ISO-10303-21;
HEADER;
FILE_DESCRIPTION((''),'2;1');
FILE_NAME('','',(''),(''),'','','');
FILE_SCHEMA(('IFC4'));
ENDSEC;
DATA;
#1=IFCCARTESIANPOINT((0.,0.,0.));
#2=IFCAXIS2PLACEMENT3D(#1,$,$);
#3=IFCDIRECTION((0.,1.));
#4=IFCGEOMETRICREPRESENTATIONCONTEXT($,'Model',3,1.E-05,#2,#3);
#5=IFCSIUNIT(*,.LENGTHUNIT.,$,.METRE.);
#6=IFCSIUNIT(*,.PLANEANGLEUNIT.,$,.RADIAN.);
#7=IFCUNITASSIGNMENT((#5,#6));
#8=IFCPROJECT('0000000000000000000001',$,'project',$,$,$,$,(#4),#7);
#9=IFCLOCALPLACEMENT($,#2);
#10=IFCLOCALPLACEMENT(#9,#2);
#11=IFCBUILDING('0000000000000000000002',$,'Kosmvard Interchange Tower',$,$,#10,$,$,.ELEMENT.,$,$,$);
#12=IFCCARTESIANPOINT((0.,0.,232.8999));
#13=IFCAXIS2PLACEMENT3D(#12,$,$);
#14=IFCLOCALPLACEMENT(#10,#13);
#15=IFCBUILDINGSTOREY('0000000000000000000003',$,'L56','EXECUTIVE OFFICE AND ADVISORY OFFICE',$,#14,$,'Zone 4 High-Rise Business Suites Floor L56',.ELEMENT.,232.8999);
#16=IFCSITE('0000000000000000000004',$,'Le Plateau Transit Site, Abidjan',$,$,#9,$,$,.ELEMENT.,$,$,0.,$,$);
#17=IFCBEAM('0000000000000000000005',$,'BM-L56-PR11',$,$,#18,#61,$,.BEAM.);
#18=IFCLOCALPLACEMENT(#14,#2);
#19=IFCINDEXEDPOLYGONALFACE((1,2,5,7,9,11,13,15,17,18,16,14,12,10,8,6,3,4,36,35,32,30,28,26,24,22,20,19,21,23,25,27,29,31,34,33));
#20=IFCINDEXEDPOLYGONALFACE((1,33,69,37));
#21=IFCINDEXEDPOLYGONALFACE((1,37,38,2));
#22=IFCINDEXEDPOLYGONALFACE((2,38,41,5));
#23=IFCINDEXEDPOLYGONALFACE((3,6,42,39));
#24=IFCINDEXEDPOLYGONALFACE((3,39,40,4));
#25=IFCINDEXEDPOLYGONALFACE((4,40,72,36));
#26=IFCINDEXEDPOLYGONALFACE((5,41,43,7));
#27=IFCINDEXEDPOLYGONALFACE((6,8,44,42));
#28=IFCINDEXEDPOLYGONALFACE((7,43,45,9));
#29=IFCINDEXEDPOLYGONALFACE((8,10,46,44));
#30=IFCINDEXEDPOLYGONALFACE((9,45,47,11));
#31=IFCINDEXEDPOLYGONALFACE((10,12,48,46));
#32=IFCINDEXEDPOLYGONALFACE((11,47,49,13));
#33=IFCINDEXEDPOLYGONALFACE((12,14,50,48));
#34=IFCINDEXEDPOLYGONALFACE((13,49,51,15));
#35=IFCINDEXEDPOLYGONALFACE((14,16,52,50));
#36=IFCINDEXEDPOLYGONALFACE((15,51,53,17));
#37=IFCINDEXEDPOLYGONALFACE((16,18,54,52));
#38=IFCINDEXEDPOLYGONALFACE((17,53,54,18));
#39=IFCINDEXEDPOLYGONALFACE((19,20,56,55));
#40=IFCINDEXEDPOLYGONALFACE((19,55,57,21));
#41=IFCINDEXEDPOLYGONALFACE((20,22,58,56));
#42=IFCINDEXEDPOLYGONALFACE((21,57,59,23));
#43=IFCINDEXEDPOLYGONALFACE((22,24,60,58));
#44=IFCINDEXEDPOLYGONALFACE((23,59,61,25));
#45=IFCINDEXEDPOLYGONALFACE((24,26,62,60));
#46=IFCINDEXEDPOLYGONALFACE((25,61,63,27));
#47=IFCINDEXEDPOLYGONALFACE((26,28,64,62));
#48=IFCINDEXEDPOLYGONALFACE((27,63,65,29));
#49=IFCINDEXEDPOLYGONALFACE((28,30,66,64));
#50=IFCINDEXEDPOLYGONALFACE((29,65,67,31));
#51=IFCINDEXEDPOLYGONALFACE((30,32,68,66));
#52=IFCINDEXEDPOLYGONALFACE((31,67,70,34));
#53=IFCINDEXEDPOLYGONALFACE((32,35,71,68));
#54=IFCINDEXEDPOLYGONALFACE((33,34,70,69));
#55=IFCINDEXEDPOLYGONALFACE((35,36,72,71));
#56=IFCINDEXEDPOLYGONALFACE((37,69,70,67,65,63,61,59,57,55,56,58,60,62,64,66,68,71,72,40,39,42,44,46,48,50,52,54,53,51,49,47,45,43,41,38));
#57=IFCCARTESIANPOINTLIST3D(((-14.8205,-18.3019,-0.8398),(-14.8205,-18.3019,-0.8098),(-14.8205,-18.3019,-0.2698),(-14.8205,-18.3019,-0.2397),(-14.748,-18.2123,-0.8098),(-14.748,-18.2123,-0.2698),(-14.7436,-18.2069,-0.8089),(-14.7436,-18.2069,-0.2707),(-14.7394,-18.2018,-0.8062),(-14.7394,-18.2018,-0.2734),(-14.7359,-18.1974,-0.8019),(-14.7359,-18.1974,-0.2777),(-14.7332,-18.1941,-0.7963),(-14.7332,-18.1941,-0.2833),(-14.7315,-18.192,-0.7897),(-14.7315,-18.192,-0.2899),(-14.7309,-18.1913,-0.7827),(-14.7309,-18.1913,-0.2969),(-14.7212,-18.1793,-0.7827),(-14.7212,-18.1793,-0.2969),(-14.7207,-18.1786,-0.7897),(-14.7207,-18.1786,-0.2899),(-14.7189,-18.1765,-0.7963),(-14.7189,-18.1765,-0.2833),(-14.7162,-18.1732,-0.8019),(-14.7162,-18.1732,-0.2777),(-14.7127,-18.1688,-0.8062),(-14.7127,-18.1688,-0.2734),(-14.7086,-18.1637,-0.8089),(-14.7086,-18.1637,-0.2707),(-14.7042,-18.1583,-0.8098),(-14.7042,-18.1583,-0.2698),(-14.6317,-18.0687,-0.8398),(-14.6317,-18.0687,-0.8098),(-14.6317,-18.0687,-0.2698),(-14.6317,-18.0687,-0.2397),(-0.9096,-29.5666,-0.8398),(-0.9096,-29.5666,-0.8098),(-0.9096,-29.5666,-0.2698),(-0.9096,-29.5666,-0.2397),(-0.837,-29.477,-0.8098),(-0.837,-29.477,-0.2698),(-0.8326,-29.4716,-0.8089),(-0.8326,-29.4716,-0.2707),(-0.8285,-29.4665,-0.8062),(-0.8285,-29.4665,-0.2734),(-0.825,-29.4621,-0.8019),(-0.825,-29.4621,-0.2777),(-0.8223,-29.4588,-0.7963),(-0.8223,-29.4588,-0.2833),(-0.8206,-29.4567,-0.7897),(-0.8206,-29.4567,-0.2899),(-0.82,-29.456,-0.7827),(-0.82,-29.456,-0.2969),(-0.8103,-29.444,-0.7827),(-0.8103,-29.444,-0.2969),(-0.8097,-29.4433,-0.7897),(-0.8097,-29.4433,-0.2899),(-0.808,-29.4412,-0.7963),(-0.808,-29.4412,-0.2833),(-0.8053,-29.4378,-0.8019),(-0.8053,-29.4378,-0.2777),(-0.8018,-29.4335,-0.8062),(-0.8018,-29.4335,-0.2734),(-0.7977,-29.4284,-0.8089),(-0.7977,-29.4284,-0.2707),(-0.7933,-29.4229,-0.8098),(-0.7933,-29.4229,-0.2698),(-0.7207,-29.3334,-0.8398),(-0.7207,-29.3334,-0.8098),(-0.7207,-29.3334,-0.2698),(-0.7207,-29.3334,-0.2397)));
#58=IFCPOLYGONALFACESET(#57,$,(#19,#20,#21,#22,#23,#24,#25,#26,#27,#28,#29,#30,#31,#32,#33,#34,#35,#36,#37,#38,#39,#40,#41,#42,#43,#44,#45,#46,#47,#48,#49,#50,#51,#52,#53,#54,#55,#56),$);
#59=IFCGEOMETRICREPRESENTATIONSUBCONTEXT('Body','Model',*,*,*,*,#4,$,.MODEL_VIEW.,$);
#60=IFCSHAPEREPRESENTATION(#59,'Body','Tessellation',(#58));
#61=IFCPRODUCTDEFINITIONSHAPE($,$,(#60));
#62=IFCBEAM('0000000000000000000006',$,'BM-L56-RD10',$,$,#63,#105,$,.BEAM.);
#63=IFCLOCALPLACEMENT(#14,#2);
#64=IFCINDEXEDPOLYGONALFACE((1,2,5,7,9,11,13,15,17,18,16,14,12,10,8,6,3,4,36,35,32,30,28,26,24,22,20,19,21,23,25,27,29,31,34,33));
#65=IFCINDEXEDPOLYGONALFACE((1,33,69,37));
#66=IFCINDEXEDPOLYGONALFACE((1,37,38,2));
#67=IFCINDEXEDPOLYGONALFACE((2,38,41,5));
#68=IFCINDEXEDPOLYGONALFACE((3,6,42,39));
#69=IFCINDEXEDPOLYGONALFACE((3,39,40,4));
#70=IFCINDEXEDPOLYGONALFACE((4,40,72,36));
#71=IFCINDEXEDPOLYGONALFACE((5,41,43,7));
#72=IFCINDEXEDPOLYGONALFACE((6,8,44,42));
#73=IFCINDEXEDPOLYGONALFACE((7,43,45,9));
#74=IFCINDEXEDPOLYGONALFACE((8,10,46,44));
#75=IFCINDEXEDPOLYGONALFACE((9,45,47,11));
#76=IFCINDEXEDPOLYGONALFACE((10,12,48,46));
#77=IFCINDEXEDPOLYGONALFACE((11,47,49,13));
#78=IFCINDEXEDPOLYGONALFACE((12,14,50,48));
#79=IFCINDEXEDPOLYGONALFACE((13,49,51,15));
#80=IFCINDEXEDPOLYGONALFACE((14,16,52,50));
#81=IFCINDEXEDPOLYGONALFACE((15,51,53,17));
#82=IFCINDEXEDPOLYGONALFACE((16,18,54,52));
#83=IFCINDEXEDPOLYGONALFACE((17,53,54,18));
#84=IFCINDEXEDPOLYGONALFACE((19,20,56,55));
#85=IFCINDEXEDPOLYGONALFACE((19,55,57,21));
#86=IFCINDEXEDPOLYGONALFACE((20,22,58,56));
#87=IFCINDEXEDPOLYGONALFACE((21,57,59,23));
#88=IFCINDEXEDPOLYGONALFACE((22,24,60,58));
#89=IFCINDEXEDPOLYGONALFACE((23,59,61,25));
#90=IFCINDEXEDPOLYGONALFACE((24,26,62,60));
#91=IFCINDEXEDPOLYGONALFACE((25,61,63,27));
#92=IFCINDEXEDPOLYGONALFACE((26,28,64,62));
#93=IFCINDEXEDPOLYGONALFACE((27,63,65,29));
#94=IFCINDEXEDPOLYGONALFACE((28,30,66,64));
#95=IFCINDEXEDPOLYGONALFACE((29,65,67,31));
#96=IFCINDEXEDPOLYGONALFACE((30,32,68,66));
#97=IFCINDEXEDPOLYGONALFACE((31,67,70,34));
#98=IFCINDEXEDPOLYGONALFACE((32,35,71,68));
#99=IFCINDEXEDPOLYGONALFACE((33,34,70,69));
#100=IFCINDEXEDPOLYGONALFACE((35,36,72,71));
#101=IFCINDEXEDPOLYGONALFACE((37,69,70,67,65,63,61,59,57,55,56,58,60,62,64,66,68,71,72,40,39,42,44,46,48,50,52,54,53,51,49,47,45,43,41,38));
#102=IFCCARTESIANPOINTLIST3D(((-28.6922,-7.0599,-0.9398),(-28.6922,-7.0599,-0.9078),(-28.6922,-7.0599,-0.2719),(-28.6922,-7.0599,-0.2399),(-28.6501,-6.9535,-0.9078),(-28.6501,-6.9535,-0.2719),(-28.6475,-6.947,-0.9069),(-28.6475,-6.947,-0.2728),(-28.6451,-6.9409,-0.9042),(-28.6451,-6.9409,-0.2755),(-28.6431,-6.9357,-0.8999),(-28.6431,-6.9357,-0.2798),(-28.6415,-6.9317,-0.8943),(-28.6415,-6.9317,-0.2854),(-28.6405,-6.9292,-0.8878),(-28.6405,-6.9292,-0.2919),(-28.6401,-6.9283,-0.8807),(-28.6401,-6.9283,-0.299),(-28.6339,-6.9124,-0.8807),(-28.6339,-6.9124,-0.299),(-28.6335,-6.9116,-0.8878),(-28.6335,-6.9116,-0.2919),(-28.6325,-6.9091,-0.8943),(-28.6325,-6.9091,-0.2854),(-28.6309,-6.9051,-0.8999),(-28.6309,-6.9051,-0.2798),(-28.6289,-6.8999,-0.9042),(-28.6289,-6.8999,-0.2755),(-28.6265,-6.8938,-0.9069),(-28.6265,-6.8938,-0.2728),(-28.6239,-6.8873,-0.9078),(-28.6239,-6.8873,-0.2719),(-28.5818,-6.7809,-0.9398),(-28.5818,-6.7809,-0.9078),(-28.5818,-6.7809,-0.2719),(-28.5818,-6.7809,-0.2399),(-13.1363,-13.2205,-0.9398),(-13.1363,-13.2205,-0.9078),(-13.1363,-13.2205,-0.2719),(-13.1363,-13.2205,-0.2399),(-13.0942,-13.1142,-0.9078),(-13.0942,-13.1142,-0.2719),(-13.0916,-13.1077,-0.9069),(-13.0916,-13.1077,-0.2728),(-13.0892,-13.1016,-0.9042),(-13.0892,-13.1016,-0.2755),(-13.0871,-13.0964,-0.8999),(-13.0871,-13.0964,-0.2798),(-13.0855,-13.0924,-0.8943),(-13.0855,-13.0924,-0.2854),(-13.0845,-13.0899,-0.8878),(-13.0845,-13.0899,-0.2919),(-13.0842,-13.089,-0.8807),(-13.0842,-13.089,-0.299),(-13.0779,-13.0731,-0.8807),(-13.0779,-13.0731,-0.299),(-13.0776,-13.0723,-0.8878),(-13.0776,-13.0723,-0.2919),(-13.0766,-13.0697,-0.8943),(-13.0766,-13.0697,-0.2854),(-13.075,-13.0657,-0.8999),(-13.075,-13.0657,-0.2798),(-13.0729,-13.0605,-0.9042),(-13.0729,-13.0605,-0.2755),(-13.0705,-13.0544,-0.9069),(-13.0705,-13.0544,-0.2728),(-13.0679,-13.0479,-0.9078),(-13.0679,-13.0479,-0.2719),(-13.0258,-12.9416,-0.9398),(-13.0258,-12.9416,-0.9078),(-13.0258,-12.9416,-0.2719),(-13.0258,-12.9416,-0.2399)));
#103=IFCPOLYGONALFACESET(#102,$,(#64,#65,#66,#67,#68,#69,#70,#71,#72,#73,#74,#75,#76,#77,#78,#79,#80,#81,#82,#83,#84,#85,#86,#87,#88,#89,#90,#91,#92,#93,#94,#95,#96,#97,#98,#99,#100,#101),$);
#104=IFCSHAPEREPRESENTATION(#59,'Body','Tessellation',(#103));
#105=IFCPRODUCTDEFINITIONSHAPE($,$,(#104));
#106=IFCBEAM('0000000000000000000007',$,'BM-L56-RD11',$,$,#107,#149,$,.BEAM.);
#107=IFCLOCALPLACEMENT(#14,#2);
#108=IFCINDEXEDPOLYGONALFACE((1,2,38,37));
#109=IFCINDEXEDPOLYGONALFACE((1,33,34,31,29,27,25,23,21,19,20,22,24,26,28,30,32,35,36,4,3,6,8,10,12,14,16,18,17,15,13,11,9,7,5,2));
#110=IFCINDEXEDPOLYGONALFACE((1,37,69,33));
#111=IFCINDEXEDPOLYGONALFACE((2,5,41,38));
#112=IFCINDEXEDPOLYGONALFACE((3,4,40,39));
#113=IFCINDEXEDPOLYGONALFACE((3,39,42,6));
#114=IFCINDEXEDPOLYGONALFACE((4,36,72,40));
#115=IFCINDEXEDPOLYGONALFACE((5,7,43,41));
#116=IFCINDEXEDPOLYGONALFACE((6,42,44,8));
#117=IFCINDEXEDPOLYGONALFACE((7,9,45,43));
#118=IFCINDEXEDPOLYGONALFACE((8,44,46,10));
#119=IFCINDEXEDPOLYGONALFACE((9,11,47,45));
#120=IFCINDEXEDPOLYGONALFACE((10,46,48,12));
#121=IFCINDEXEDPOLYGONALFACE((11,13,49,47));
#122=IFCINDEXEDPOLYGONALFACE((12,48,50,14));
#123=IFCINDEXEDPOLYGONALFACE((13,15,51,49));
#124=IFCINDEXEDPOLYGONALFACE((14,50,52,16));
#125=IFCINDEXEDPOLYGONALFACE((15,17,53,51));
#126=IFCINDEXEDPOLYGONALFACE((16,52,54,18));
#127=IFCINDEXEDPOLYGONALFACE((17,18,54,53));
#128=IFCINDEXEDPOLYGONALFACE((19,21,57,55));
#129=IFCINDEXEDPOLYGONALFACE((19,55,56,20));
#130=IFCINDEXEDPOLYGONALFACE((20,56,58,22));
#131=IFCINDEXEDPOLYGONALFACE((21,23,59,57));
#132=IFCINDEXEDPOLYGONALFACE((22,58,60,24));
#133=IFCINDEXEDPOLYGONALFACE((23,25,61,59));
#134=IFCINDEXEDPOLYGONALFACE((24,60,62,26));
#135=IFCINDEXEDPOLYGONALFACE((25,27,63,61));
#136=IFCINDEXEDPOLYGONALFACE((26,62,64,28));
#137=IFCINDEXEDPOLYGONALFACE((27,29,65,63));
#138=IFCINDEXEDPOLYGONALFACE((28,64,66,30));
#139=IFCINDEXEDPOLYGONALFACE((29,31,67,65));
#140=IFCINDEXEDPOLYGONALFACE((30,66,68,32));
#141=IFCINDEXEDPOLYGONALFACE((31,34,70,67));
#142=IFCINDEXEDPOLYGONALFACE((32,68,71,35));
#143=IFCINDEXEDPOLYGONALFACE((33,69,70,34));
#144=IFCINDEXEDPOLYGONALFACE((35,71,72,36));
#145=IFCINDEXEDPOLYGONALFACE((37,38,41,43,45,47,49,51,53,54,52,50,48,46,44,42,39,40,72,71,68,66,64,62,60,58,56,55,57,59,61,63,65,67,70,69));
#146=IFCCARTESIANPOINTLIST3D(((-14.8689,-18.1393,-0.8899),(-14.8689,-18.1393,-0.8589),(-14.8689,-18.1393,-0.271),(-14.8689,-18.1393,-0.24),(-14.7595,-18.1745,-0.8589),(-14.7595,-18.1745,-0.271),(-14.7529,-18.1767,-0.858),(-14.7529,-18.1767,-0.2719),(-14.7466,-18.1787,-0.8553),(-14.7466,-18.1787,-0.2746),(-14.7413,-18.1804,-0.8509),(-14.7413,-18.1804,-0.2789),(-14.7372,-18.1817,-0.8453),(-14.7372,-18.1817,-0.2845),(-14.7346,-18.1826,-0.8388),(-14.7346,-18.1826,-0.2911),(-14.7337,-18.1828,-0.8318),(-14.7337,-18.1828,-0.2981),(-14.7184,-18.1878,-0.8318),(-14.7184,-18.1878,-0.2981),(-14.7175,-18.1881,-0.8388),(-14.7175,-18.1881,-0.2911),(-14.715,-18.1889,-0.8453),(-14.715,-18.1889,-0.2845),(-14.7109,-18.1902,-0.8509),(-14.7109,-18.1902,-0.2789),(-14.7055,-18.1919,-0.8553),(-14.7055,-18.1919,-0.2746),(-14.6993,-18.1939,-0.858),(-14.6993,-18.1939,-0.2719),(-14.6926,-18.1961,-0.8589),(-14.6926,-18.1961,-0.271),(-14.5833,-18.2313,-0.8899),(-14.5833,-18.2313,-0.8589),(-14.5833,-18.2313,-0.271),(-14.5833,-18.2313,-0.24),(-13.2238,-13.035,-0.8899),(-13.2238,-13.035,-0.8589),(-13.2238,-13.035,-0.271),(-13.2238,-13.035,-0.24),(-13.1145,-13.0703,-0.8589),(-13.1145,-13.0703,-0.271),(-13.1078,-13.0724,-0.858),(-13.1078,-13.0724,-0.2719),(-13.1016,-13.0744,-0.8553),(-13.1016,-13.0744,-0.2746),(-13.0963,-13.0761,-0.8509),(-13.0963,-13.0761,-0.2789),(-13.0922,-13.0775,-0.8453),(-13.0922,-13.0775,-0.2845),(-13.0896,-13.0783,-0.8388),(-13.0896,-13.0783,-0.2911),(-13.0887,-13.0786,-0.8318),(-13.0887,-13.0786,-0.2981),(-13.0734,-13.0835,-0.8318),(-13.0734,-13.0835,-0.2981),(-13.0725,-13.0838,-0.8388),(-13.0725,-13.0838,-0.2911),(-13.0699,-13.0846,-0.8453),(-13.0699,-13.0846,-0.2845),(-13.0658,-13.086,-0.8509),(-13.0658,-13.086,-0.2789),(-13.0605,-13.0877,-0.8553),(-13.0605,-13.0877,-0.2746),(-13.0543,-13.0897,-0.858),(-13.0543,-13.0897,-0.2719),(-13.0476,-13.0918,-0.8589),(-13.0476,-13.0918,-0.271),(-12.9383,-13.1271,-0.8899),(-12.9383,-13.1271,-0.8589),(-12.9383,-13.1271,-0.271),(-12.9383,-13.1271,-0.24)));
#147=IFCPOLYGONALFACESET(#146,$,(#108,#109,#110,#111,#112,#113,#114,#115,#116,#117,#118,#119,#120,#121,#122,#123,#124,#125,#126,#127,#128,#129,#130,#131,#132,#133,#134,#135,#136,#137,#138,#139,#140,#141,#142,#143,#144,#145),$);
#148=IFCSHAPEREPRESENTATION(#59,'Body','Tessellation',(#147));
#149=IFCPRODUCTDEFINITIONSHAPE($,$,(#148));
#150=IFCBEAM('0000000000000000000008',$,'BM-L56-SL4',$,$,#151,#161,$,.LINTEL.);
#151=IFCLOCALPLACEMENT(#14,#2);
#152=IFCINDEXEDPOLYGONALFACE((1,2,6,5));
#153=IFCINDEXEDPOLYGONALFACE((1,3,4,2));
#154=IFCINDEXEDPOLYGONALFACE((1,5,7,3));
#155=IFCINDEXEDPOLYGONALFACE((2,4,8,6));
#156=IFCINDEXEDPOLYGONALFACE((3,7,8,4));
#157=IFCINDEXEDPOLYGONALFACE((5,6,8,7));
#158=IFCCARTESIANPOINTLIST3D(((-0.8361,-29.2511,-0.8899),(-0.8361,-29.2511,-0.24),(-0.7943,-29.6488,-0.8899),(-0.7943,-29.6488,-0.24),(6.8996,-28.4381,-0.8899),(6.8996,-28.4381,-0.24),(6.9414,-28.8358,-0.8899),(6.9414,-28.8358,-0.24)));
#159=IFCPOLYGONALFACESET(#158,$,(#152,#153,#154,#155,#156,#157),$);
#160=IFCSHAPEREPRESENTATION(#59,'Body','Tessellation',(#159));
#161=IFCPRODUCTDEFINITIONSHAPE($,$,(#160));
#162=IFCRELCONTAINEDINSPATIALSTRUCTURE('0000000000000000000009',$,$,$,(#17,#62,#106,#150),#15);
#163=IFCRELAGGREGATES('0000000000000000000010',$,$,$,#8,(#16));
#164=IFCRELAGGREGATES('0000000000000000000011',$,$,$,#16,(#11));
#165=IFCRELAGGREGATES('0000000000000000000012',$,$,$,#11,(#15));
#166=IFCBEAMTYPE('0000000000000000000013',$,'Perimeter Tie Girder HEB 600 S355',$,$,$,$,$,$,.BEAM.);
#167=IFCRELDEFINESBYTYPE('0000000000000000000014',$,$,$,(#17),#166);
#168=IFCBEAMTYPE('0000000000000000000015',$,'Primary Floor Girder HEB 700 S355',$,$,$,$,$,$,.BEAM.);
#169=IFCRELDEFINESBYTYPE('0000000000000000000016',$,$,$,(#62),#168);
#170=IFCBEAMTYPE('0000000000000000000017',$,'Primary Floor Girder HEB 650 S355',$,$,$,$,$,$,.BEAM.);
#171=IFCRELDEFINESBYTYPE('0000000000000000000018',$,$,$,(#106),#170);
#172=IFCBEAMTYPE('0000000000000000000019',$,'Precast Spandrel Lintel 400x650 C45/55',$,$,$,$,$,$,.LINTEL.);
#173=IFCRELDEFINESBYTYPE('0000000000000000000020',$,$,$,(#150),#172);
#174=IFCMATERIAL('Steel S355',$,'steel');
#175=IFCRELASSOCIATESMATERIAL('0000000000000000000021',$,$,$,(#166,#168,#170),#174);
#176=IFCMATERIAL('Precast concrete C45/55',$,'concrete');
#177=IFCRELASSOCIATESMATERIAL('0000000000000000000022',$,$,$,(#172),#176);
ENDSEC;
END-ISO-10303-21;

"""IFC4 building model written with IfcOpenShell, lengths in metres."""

from ifc_helpers import new_model, si_unit, direction, frame, origin, origin_2d, place, context, subcontext, project, spatial, rectangle, i_section, extrude, source, transform, mapped, material, material_profile, profile_set, type_object, element, save


model = new_model("IFC4")

# Units and contexts
model_context = context("Model", 3, precision=1e-05, world=origin(), true_north=direction((0.0, 1.0)))
body_context = subcontext(model_context, "Body", "Model", "MODEL_VIEW")
ifc_project = project(units=[si_unit("LENGTHUNIT", "METRE"), si_unit("PLANEANGLEUNIT", "RADIAN")], contexts=[model_context])

# Site, building, storey
site_placement = place(None, origin())
site = spatial("IfcSite", under=ifc_project, at=site_placement, Name="Le Plateau Transit Site, Abidjan", CompositionType="ELEMENT", RefElevation=0.0)
building_placement = place(site_placement, origin())
building = spatial("IfcBuilding", under=site, at=building_placement, Name="Kosmvard Interchange Tower", CompositionType="ELEMENT")
storey_placement = place(building_placement, frame((0.0, 0.0, 232.8999)))
storey = spatial("IfcBuildingStorey", under=building, at=storey_placement, Name="L56", Description="EXECUTIVE OFFICE AND ADVISORY OFFICE", LongName="Zone 4 High-Rise Business Suites Floor L56", CompositionType="ELEMENT", Elevation=232.8999)

# Beams
ifc_material_1 = material(Name="Steel S355", Category="steel")
ifc_material_profile_1 = material_profile(ifc_material_1, i_section(OverallWidth=0.3, OverallDepth=0.6001, WebThickness=0.0154, FlangeThickness=0.03, FilletRadius=0.0271, at=origin_2d()), Name="HEB 600")
ifc_profile_set_1 = profile_set([ifc_material_profile_1], Name="Steel S355")
beam_type_1 = type_object("IfcBeamType", Name="Perimeter Tie Girder HEB 600 S355", PredefinedType="BEAM", material=ifc_profile_set_1)
shared_shape_1 = source(origin(), body_context, "Body", "SweptSolid", [
    extrude(i_section(OverallWidth=0.3, OverallDepth=0.6001, WebThickness=0.0154, FlangeThickness=0.03, FilletRadius=0.0271, at=origin_2d()), origin(), (0.0, 0.0, 1.0), 17.8999),
])
beam_1_placement = place(storey_placement, frame((-14.7261, -18.1853, -0.5398), z_axis=(0.777151, -0.629315, 0.0), x_axis=(0.629315, 0.777151, 0.0)))
element("IfcBeam", 1, at=beam_1_placement, inside=storey, type_object=beam_type_1, Name="BM-L56-PR11", PredefinedType="BEAM", context=body_context, shape_type="MappedRepresentation", body=[
    mapped(shared_shape_1, transform((0.0, 0.0, 0.0), scale=1.0)),
])
ifc_material_profile_2 = material_profile(ifc_material_1, i_section(OverallWidth=0.3, OverallDepth=0.7, WebThickness=0.0171, FlangeThickness=0.032, FilletRadius=0.0271, at=origin_2d()), Name="HEB 700")
ifc_profile_set_2 = profile_set([ifc_material_profile_2], Name="Steel S355")
beam_type_2 = type_object("IfcBeamType", Name="Primary Floor Girder HEB 700 S355", PredefinedType="BEAM", material=ifc_profile_set_2)
shared_shape_2 = source(origin(), body_context, "Body", "SweptSolid", [
    extrude(i_section(OverallWidth=0.3, OverallDepth=0.7, WebThickness=0.0171, FlangeThickness=0.032, FilletRadius=0.0271, at=origin_2d()), origin(), (0.0, 0.0, 1.0), 16.7314),
])
beam_2_placement = place(storey_placement, frame((-13.0811, -13.0811, -0.5898), z_axis=(-0.929743, 0.368209, 0.0), x_axis=(-0.368209, -0.929743, 0.0)))
element("IfcBeam", 2, at=beam_2_placement, inside=storey, type_object=beam_type_2, Name="BM-L56-RD10", PredefinedType="BEAM", context=body_context, shape_type="MappedRepresentation", body=[
    mapped(shared_shape_2, transform((0.0, 0.0, 0.0), scale=1.0)),
])
ifc_material_profile_3 = material_profile(ifc_material_1, i_section(OverallWidth=0.3, OverallDepth=0.6499, WebThickness=0.0161, FlangeThickness=0.031, FilletRadius=0.0271, at=origin_2d()), Name="HEB 650")
ifc_profile_set_3 = profile_set([ifc_material_profile_3], Name="Steel S355")
beam_type_3 = type_object("IfcBeamType", Name="Primary Floor Girder HEB 650 S355", PredefinedType="BEAM", material=ifc_profile_set_3)
shared_shape_3 = source(origin(), body_context, "Body", "SweptSolid", [
    extrude(i_section(OverallWidth=0.3, OverallDepth=0.6499, WebThickness=0.0161, FlangeThickness=0.031, FilletRadius=0.0271, at=origin_2d()), origin(), (0.0, 0.0, 1.0), 5.3628),
])
beam_3_placement = place(storey_placement, frame((-13.0811, -13.0811, -0.5649), z_axis=(-0.306747, -0.951791, 0.0), x_axis=(0.951791, -0.306747, 0.0)))
element("IfcBeam", 3, at=beam_3_placement, inside=storey, type_object=beam_type_3, Name="BM-L56-RD11", PredefinedType="BEAM", context=body_context, shape_type="MappedRepresentation", body=[
    mapped(shared_shape_3, transform((0.0, 0.0, 0.0), scale=1.0)),
])
ifc_material_2 = material(Name="Precast concrete C45/55", Category="concrete")
ifc_material_profile_4 = material_profile(ifc_material_2, rectangle(XDim=0.3999, YDim=0.6499, at=origin_2d()), Name="SL 400x650")
ifc_profile_set_4 = profile_set([ifc_material_profile_4], Name="Precast concrete C45/55")
beam_type_4 = type_object("IfcBeamType", Name="Precast Spandrel Lintel 400x650 C45/55", PredefinedType="LINTEL", material=ifc_profile_set_4)
shared_shape_4 = source(origin(), body_context, "Body", "SweptSolid", [
    extrude(rectangle(XDim=0.3999, YDim=0.6499, at=origin_2d()), origin(), (0.0, 0.0, 1.0), 7.7783),
])
beam_4_placement = place(storey_placement, frame((-0.8152, -29.45, -0.5649), z_axis=(0.994523, 0.104521, 0.0), x_axis=(-0.104521, 0.994523, 0.0)))
element("IfcBeam", 4, at=beam_4_placement, inside=storey, type_object=beam_type_4, Name="BM-L56-SL4", PredefinedType="LINTEL", context=body_context, shape_type="MappedRepresentation", body=[
    mapped(shared_shape_4, transform((0.0, 0.0, 0.0), scale=1.0)),
])

save(model, "model.ifc")
